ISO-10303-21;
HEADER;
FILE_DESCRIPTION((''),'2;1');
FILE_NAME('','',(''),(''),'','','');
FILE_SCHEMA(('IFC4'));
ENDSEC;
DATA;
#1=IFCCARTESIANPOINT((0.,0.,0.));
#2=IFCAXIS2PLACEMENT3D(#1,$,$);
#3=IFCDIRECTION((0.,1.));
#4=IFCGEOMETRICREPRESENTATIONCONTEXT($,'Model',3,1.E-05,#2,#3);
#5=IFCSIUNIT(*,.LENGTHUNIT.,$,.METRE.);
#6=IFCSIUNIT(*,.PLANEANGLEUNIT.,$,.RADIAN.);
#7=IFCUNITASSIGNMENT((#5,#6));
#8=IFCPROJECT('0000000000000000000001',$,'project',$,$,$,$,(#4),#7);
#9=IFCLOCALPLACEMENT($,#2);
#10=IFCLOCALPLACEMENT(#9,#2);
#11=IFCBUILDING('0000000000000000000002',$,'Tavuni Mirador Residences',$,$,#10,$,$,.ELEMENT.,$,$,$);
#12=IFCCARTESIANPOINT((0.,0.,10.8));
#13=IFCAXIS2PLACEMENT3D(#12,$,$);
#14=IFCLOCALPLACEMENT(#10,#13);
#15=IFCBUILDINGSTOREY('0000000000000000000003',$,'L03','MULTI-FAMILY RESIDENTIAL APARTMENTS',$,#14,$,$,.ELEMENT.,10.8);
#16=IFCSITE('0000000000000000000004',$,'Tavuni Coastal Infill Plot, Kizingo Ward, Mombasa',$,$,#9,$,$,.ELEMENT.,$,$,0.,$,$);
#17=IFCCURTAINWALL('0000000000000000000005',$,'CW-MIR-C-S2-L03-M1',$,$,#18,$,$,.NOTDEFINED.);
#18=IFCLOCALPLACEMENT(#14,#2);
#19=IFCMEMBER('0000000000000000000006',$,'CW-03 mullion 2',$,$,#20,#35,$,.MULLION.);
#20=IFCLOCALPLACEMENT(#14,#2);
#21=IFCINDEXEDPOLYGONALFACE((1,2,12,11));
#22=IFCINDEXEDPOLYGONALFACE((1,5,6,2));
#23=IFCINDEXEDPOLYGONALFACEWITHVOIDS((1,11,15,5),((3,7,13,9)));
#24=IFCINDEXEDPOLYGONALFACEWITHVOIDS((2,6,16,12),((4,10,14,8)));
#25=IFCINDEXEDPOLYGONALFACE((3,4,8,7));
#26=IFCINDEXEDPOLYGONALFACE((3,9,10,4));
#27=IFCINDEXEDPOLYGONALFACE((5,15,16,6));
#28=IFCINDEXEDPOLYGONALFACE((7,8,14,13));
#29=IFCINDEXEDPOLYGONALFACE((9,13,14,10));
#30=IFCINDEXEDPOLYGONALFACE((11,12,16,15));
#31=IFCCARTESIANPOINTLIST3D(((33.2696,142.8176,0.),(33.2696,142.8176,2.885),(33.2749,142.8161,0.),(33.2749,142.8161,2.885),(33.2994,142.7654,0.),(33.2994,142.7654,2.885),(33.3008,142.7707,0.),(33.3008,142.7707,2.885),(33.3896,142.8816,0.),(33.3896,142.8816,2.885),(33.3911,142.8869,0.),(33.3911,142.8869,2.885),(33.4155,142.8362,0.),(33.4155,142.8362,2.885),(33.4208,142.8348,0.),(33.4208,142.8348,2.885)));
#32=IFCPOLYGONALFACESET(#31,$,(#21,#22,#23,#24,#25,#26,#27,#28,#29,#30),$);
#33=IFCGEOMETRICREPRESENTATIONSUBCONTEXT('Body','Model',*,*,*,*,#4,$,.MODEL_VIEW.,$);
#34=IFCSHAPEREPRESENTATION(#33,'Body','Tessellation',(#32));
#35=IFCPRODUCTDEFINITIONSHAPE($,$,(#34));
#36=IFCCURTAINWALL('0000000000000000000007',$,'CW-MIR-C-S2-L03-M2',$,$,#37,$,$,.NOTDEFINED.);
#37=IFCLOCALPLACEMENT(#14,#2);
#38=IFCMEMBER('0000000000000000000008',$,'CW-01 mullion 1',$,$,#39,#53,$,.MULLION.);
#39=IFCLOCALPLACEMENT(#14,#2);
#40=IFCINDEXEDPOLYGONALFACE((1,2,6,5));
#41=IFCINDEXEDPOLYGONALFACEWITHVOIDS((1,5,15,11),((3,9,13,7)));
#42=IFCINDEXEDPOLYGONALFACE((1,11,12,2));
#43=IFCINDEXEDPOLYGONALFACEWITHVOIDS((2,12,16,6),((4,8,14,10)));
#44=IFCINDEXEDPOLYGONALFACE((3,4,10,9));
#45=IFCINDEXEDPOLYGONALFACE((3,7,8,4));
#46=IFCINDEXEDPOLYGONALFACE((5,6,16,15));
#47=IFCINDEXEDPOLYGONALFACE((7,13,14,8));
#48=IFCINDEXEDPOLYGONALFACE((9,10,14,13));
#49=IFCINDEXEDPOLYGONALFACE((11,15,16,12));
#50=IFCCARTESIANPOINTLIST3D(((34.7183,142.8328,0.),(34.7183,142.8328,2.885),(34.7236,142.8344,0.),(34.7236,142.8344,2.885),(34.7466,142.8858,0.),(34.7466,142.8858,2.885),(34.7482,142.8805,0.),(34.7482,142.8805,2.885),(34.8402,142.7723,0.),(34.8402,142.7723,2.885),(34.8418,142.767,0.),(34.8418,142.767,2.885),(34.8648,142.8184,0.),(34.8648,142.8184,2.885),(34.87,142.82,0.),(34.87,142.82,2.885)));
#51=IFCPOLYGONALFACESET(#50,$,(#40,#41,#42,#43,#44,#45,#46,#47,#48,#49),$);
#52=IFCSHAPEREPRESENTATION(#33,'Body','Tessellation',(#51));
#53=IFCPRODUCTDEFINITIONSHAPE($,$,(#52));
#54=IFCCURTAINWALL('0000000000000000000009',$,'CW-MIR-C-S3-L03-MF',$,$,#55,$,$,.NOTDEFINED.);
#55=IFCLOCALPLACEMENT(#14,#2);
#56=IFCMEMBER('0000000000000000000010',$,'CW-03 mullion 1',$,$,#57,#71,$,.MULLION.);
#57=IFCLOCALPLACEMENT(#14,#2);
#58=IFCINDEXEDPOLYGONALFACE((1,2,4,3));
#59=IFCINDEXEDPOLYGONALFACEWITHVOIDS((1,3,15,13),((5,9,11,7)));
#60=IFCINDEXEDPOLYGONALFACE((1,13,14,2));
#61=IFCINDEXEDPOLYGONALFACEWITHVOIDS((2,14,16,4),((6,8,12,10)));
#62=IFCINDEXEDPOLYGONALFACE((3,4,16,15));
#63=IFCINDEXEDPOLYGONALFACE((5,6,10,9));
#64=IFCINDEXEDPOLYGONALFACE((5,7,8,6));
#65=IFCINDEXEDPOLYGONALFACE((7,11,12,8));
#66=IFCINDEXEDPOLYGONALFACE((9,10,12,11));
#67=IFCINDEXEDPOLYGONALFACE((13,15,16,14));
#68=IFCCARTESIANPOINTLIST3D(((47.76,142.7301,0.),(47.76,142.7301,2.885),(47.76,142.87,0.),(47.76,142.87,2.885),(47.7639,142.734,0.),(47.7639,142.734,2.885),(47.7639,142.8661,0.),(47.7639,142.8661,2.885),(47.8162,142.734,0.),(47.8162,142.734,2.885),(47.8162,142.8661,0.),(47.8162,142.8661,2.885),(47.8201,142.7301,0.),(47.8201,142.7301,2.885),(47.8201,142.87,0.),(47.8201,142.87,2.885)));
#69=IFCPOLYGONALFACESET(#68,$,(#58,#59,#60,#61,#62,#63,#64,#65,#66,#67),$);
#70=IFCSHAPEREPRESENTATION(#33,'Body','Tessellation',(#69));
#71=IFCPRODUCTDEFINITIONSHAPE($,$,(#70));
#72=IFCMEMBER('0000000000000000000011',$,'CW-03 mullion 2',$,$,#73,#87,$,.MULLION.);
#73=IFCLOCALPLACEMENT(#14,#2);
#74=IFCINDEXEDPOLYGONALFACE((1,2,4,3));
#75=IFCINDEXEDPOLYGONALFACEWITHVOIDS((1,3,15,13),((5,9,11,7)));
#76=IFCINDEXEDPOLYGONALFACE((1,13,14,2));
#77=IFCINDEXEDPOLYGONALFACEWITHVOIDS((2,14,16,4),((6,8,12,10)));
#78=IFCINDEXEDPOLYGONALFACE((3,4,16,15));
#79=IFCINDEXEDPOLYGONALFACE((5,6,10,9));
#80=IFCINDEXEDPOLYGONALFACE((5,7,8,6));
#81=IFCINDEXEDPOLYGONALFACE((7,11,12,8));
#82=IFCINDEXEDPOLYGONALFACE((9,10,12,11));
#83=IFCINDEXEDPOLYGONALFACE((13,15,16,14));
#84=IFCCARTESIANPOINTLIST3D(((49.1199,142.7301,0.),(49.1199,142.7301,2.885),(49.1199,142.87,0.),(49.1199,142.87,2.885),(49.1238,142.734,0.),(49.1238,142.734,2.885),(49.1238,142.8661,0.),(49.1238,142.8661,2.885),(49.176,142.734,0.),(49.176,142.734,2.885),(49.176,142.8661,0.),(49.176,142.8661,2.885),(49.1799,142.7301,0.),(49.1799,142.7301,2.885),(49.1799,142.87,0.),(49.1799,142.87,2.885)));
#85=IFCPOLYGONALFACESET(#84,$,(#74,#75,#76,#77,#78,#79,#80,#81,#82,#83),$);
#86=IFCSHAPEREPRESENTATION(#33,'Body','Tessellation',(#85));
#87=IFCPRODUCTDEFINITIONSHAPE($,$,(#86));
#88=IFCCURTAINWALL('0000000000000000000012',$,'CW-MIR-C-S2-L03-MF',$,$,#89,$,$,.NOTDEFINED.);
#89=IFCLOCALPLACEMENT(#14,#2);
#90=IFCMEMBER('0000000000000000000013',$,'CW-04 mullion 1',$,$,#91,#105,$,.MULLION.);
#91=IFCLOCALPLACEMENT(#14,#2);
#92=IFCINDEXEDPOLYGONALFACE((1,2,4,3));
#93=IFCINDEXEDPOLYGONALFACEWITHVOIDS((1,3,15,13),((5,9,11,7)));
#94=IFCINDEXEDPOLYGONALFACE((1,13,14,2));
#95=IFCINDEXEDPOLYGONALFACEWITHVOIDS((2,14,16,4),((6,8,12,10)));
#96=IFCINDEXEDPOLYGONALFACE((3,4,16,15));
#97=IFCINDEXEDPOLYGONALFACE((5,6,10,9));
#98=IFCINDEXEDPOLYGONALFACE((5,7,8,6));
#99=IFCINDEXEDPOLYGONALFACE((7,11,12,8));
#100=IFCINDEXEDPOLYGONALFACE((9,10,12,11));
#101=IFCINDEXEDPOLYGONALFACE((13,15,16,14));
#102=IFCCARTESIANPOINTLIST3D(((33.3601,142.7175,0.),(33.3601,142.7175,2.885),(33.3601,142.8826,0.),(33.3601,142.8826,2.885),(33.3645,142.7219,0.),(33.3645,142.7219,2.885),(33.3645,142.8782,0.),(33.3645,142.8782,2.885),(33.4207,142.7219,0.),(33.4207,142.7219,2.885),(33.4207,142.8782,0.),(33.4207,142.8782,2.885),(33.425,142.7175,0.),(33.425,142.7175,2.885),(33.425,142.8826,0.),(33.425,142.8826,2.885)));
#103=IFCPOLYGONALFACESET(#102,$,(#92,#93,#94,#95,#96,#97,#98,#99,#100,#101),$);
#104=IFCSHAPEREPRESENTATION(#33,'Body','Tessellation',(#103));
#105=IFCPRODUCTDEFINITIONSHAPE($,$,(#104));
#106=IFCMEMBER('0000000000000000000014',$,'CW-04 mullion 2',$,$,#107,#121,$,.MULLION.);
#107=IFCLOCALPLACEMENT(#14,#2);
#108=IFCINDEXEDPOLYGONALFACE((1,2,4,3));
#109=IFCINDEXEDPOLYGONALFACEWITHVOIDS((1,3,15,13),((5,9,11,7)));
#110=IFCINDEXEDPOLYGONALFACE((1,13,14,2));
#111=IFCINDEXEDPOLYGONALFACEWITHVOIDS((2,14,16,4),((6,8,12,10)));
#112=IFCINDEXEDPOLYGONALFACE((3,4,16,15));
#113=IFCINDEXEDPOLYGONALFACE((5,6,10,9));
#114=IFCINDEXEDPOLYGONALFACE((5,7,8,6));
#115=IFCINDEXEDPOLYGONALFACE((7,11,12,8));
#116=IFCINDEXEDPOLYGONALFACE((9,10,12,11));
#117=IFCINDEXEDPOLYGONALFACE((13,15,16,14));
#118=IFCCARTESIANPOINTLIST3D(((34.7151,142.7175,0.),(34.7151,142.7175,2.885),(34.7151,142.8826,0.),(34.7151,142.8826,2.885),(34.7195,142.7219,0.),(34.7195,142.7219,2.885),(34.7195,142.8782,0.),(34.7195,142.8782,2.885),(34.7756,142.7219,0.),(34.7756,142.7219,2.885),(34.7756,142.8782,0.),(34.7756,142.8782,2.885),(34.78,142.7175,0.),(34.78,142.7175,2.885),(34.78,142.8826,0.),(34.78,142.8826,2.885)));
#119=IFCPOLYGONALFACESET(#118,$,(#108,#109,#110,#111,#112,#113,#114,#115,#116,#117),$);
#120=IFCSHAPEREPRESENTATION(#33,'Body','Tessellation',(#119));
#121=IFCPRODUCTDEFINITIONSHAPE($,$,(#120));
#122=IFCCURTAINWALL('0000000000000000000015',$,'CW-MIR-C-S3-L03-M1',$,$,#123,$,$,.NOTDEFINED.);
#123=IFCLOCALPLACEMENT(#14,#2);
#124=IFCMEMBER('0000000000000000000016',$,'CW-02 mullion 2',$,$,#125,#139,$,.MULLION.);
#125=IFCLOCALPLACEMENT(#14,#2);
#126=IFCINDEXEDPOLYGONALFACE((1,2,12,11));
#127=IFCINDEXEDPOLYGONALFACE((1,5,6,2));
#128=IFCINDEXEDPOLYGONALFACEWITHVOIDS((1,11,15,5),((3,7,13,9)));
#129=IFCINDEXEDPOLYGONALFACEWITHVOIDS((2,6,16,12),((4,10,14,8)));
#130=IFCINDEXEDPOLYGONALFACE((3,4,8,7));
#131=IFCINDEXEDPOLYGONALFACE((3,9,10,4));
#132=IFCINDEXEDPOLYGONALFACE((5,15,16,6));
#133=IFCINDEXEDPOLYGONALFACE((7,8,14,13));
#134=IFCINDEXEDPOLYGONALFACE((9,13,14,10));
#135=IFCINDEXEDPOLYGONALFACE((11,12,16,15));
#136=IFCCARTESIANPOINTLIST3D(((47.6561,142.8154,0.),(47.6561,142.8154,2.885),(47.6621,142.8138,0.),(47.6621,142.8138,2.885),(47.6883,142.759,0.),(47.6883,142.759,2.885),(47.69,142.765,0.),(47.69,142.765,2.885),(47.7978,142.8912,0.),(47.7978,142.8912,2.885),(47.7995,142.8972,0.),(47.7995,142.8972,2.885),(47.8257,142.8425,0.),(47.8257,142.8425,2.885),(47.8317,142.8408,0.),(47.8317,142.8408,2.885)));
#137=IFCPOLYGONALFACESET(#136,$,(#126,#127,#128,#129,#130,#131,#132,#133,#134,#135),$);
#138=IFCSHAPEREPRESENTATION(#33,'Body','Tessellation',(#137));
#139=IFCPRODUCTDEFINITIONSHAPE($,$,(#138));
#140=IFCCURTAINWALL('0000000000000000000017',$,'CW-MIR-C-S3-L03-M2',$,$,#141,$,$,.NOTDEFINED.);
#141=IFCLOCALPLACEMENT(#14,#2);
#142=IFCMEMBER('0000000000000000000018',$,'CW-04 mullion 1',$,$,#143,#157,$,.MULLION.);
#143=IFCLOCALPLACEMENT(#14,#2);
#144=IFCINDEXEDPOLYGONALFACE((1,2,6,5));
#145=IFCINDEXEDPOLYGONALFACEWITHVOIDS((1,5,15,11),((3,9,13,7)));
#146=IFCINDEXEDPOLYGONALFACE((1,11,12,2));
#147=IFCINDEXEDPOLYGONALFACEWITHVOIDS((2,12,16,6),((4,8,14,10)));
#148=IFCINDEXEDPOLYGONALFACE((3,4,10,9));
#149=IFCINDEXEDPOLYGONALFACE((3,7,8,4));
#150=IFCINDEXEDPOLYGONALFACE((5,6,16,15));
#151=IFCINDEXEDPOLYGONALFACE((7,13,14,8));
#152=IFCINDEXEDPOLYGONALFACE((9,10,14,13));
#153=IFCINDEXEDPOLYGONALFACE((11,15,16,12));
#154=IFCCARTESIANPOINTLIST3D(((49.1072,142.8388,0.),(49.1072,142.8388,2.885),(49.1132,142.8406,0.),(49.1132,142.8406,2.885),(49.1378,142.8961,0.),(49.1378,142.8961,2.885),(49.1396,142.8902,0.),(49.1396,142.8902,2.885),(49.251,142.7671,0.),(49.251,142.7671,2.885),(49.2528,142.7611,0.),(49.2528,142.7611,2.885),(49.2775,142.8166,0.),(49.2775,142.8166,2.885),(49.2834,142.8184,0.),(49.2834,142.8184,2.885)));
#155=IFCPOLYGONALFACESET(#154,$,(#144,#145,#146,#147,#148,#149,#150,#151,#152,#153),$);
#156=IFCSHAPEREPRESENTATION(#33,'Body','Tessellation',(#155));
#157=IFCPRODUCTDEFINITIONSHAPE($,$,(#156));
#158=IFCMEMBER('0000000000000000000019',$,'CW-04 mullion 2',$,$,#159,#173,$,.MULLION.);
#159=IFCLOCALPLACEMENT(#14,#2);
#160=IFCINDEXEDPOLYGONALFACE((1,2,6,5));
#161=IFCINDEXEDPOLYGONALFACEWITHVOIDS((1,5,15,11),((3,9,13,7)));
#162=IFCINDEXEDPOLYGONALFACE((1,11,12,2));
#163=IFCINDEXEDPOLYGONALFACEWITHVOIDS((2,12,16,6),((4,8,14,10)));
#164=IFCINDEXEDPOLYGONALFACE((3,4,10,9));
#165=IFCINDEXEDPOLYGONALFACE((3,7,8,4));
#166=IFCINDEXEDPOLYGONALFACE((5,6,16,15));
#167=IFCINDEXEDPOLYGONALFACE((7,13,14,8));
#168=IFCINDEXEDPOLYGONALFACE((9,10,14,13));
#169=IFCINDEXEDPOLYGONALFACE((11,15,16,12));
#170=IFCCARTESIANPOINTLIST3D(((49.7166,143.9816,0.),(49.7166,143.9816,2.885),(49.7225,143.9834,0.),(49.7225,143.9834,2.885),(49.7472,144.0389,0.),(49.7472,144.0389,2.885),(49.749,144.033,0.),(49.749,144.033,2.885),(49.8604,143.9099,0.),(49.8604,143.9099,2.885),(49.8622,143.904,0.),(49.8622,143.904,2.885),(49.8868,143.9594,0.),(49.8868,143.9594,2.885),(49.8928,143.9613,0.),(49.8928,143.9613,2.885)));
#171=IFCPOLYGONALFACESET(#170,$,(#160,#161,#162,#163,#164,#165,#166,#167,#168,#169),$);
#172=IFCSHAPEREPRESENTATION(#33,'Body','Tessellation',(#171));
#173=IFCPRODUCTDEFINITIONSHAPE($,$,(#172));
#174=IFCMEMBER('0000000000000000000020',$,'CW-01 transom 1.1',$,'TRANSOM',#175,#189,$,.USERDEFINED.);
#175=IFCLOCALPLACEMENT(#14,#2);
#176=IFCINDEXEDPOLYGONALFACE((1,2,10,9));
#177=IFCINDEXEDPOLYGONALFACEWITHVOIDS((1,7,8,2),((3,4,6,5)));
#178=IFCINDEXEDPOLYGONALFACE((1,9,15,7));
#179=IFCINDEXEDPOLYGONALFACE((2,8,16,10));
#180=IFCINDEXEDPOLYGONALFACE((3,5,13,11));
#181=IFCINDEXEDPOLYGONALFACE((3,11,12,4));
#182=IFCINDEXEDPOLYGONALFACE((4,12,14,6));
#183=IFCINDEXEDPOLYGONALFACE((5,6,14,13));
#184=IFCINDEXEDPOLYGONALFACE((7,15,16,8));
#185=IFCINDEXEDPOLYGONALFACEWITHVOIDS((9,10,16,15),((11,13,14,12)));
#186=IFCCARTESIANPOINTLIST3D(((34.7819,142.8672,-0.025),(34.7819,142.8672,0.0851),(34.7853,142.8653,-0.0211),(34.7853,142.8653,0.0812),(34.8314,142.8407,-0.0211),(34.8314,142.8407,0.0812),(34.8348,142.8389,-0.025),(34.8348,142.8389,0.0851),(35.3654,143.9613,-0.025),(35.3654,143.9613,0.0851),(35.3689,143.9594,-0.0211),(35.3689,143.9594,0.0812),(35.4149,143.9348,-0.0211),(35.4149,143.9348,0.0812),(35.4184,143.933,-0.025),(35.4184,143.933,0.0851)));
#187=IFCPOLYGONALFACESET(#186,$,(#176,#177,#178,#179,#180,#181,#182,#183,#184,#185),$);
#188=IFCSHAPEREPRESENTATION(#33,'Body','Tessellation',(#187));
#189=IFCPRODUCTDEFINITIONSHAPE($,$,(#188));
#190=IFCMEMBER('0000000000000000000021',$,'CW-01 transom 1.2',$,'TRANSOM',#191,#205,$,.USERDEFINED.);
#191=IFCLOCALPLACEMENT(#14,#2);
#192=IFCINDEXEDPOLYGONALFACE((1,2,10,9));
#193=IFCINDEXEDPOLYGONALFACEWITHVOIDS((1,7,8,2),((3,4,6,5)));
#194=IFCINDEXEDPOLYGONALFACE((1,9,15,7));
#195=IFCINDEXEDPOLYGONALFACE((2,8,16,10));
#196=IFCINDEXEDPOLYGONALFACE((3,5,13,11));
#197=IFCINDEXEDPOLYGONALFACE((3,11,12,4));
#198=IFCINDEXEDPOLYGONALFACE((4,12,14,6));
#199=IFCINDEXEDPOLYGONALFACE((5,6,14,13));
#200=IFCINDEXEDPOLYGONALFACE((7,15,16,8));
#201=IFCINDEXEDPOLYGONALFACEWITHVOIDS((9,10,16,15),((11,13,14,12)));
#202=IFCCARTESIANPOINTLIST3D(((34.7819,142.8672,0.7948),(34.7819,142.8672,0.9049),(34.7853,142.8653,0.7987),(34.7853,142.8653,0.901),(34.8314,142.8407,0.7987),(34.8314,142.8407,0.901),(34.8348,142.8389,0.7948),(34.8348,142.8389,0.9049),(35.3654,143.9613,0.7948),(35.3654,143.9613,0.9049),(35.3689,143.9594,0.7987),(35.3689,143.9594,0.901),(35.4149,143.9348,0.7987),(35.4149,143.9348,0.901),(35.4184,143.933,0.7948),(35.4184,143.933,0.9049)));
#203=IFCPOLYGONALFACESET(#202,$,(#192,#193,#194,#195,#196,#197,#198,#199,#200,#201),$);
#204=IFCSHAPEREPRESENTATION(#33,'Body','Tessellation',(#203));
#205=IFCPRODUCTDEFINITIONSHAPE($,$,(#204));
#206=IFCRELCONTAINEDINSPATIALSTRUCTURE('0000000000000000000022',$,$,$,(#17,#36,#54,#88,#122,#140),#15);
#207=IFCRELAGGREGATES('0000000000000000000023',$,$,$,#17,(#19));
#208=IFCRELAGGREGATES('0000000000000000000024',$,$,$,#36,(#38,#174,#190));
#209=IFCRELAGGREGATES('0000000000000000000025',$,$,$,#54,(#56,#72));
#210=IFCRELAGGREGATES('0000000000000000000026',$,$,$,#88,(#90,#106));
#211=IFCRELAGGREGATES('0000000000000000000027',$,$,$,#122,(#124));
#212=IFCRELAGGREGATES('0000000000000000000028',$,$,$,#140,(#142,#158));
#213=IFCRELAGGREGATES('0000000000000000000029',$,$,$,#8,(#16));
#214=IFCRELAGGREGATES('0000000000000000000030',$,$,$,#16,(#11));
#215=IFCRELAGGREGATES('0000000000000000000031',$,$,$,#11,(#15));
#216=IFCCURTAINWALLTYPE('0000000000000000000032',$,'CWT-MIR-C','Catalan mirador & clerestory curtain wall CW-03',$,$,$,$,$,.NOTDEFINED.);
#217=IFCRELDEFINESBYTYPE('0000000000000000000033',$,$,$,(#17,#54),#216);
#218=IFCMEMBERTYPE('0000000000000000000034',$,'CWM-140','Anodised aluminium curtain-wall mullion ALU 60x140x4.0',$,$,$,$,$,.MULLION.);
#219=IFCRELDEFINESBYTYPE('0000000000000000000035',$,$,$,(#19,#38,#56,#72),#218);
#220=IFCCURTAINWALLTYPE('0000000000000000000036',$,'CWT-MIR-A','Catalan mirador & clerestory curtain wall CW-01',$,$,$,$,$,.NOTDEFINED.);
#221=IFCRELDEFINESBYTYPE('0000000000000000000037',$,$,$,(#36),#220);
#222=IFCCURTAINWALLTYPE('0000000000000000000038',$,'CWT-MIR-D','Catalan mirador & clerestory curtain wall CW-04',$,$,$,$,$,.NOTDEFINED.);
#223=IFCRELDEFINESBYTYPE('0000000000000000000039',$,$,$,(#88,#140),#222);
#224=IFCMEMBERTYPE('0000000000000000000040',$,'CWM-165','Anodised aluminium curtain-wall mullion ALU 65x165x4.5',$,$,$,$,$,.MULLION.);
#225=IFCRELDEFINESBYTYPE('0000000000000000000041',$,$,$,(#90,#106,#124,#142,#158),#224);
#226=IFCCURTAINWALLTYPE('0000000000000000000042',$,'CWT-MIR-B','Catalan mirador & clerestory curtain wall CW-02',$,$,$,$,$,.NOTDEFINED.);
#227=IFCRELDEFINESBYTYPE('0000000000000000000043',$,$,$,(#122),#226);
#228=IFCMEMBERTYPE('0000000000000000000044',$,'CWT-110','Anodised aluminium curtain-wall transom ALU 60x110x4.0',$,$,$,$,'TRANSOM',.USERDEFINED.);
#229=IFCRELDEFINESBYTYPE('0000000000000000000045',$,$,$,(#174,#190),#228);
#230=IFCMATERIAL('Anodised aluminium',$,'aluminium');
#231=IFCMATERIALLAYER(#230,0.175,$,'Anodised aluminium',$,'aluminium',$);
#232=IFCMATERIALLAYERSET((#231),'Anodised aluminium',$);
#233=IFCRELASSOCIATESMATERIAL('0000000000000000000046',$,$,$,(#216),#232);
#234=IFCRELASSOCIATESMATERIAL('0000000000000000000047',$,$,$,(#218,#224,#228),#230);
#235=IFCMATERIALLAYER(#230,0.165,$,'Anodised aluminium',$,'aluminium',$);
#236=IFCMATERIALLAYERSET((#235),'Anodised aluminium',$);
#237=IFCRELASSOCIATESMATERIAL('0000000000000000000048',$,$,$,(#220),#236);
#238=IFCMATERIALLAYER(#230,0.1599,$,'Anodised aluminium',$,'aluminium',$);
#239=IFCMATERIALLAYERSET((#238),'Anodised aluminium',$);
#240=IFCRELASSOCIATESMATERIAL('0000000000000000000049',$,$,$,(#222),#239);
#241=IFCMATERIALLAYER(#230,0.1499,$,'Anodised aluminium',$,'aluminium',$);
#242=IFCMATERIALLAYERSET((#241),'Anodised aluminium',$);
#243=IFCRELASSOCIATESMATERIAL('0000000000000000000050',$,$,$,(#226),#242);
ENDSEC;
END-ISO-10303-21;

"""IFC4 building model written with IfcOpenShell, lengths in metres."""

from ifc_helpers import new_model, si_unit, direction, frame, origin, origin_2d, place, context, subcontext, project, spatial, hollow_rectangle, extrude, material, layer, layer_set, material_profile, profile_set, type_object, element, aggregate, save


model = new_model("IFC4")

# Units and contexts
model_context = context("Model", 3, precision=1e-05, world=origin(), true_north=direction((0.0, 1.0)))
body_context = subcontext(model_context, "Body", "Model", "MODEL_VIEW")
ifc_project = project(units=[si_unit("LENGTHUNIT", "METRE"), si_unit("PLANEANGLEUNIT", "RADIAN")], contexts=[model_context])

# Site, building, storey
site_placement = place(None, origin())
site = spatial("IfcSite", under=ifc_project, at=site_placement, Name="Tavuni Coastal Infill Plot, Kizingo Ward, Mombasa", CompositionType="ELEMENT", RefElevation=0.0)
building_placement = place(site_placement, origin())
building = spatial("IfcBuilding", under=site, at=building_placement, Name="Tavuni Mirador Residences", CompositionType="ELEMENT")
storey_placement = place(building_placement, frame((0.0, 0.0, 10.8)))
storey = spatial("IfcBuildingStorey", under=building, at=storey_placement, Name="L03", Description="MULTI-FAMILY RESIDENTIAL APARTMENTS", CompositionType="ELEMENT", Elevation=10.8)

# Curtain walls, members
ifc_material_1 = material(Name="Anodised aluminium", Category="aluminium")
ifc_layer_1 = layer(ifc_material_1, 0.175, Name="Anodised aluminium", Category="aluminium")
ifc_layer_set_1 = layer_set([ifc_layer_1], Name="Anodised aluminium")
curtain_wall_type_1 = type_object("IfcCurtainWallType", Name="CWT-MIR-C", Description="Catalan mirador & clerestory curtain wall CW-03", PredefinedType="NOTDEFINED", material=ifc_layer_set_1)
curtain_wall_1_placement = place(storey_placement, origin())
curtain_wall_1 = element("IfcCurtainWall", 1, at=curtain_wall_1_placement, inside=storey, type_object=curtain_wall_type_1, Name="CW-MIR-C-S2-L03-M1", PredefinedType="NOTDEFINED")
ifc_material_profile_1 = material_profile(ifc_material_1, hollow_rectangle(XDim=0.0601, YDim=0.1399, WallThickness=0.0039, at=origin_2d()), Name="ALU 60x140x4.0", Category="aluminium")
ifc_profile_set_1 = profile_set([ifc_material_profile_1], Name="Anodised aluminium")
member_type_1 = type_object("IfcMemberType", Name="CWM-140", Description="Anodised aluminium curtain-wall mullion ALU 60x140x4.0", PredefinedType="MULLION", material=ifc_profile_set_1)
member_1_placement = place(storey_placement, frame((33.3452, 142.8262, 0.0), z_axis=(0.0, 0.0, 1.0), x_axis=(0.495749, -0.868466, 0.0)))
member_1 = element("IfcMember", 2, at=member_1_placement, type_object=member_type_1, Name="CW-03 mullion 2", PredefinedType="MULLION", context=body_context, shape_type="SweptSolid", body=[
    extrude(hollow_rectangle(XDim=0.0601, YDim=0.1399, WallThickness=0.0039, at=origin_2d()), origin(), (0.0, 0.0, 1.0), 2.885),
])
ifc_layer_2 = layer(ifc_material_1, 0.165, Name="Anodised aluminium", Category="aluminium")
ifc_layer_set_2 = layer_set([ifc_layer_2], Name="Anodised aluminium")
curtain_wall_type_2 = type_object("IfcCurtainWallType", Name="CWT-MIR-A", Description="Catalan mirador & clerestory curtain wall CW-01", PredefinedType="NOTDEFINED", material=ifc_layer_set_2)
curtain_wall_2_placement = place(storey_placement, origin())
curtain_wall_2 = element("IfcCurtainWall", 3, at=curtain_wall_2_placement, inside=storey, type_object=curtain_wall_type_2, Name="CW-MIR-C-S2-L03-M2", PredefinedType="NOTDEFINED")
member_2_placement = place(storey_placement, frame((34.7942, 142.8264, 0.0), z_axis=(0.0, 0.0, 1.0), x_axis=(0.470588, 0.882353, 0.0)))
member_2 = element("IfcMember", 4, at=member_2_placement, type_object=member_type_1, Name="CW-01 mullion 1", PredefinedType="MULLION", context=body_context, shape_type="SweptSolid", body=[
    extrude(hollow_rectangle(XDim=0.0601, YDim=0.1399, WallThickness=0.0039, at=origin_2d()), origin(), (0.0, 0.0, 1.0), 2.885),
])

# Curtain walls, members
curtain_wall_3_placement = place(storey_placement, origin())
curtain_wall_3 = element("IfcCurtainWall", 5, at=curtain_wall_3_placement, inside=storey, type_object=curtain_wall_type_1, Name="CW-MIR-C-S3-L03-MF", PredefinedType="NOTDEFINED")
member_3_placement = place(storey_placement, frame((47.79, 142.8, 0.0), z_axis=(0.0, 0.0, 1.0), x_axis=(1.0, 0.0, 0.0)))
member_3 = element("IfcMember", 6, at=member_3_placement, type_object=member_type_1, Name="CW-03 mullion 1", PredefinedType="MULLION", context=body_context, shape_type="SweptSolid", body=[
    extrude(hollow_rectangle(XDim=0.0601, YDim=0.1399, WallThickness=0.0039, at=origin_2d()), origin(), (0.0, 0.0, 1.0), 2.885),
])
member_4_placement = place(storey_placement, frame((49.1499, 142.8, 0.0), z_axis=(0.0, 0.0, 1.0), x_axis=(1.0, 0.0, 0.0)))
member_4 = element("IfcMember", 7, at=member_4_placement, type_object=member_type_1, Name="CW-03 mullion 2", PredefinedType="MULLION", context=body_context, shape_type="SweptSolid", body=[
    extrude(hollow_rectangle(XDim=0.0601, YDim=0.1399, WallThickness=0.0039, at=origin_2d()), origin(), (0.0, 0.0, 1.0), 2.885),
])
ifc_layer_3 = layer(ifc_material_1, 0.1599, Name="Anodised aluminium", Category="aluminium")
ifc_layer_set_3 = layer_set([ifc_layer_3], Name="Anodised aluminium")
curtain_wall_type_3 = type_object("IfcCurtainWallType", Name="CWT-MIR-D", Description="Catalan mirador & clerestory curtain wall CW-04", PredefinedType="NOTDEFINED", material=ifc_layer_set_3)
curtain_wall_4_placement = place(storey_placement, origin())
curtain_wall_4 = element("IfcCurtainWall", 8, at=curtain_wall_4_placement, inside=storey, type_object=curtain_wall_type_3, Name="CW-MIR-C-S2-L03-MF", PredefinedType="NOTDEFINED")
ifc_material_profile_2 = material_profile(ifc_material_1, hollow_rectangle(XDim=0.0649, YDim=0.165, WallThickness=0.0044, at=origin_2d()), Name="ALU 65x165x4.5", Category="aluminium")
ifc_profile_set_2 = profile_set([ifc_material_profile_2], Name="Anodised aluminium")
member_type_2 = type_object("IfcMemberType", Name="CWM-165", Description="Anodised aluminium curtain-wall mullion ALU 65x165x4.5", PredefinedType="MULLION", material=ifc_profile_set_2)
member_5_placement = place(storey_placement, frame((33.3926, 142.8, 0.0), z_axis=(0.0, 0.0, 1.0), x_axis=(1.0, 0.0, 0.0)))
member_5 = element("IfcMember", 9, at=member_5_placement, type_object=member_type_2, Name="CW-04 mullion 1", PredefinedType="MULLION", context=body_context, shape_type="SweptSolid", body=[
    extrude(hollow_rectangle(XDim=0.0649, YDim=0.165, WallThickness=0.0044, at=origin_2d()), origin(), (0.0, 0.0, 1.0), 2.885),
])
member_6_placement = place(storey_placement, frame((34.7476, 142.8, 0.0), z_axis=(0.0, 0.0, 1.0), x_axis=(1.0, 0.0, 0.0)))
member_6 = element("IfcMember", 10, at=member_6_placement, type_object=member_type_2, Name="CW-04 mullion 2", PredefinedType="MULLION", context=body_context, shape_type="SweptSolid", body=[
    extrude(hollow_rectangle(XDim=0.0649, YDim=0.165, WallThickness=0.0044, at=origin_2d()), origin(), (0.0, 0.0, 1.0), 2.885),
])

# Curtain wall, member
ifc_layer_4 = layer(ifc_material_1, 0.1499, Name="Anodised aluminium", Category="aluminium")
ifc_layer_set_4 = layer_set([ifc_layer_4], Name="Anodised aluminium")
curtain_wall_type_4 = type_object("IfcCurtainWallType", Name="CWT-MIR-B", Description="Catalan mirador & clerestory curtain wall CW-02", PredefinedType="NOTDEFINED", material=ifc_layer_set_4)
curtain_wall_5_placement = place(storey_placement, origin())
curtain_wall_5 = element("IfcCurtainWall", 11, at=curtain_wall_5_placement, inside=storey, type_object=curtain_wall_type_4, Name="CW-MIR-C-S3-L03-M1", PredefinedType="NOTDEFINED")
member_7_placement = place(storey_placement, frame((47.7439, 142.8281, 0.0), z_axis=(0.0, 0.0, 1.0), x_axis=(0.495749, -0.868466, 0.0)))
member_7 = element("IfcMember", 12, at=member_7_placement, type_object=member_type_2, Name="CW-02 mullion 2", PredefinedType="MULLION", context=body_context, shape_type="SweptSolid", body=[
    extrude(hollow_rectangle(XDim=0.0649, YDim=0.165, WallThickness=0.0044, at=origin_2d()), origin(), (0.0, 0.0, 1.0), 2.885),
])

# Curtain wall, members
curtain_wall_6_placement = place(storey_placement, origin())
curtain_wall_6 = element("IfcCurtainWall", 13, at=curtain_wall_6_placement, inside=storey, type_object=curtain_wall_type_3, Name="CW-MIR-C-S3-L03-M2", PredefinedType="NOTDEFINED")
member_8_placement = place(storey_placement, frame((49.1953, 142.8286, 0.0), z_axis=(0.0, 0.0, 1.0), x_axis=(0.470588, 0.882353, 0.0)))
member_8 = element("IfcMember", 14, at=member_8_placement, type_object=member_type_2, Name="CW-04 mullion 1", PredefinedType="MULLION", context=body_context, shape_type="SweptSolid", body=[
    extrude(hollow_rectangle(XDim=0.0649, YDim=0.165, WallThickness=0.0044, at=origin_2d()), origin(), (0.0, 0.0, 1.0), 2.885),
])
member_9_placement = place(storey_placement, frame((49.8047, 143.9714, 0.0), z_axis=(0.0, 0.0, 1.0), x_axis=(0.470588, 0.882353, 0.0)))
member_9 = element("IfcMember", 15, at=member_9_placement, type_object=member_type_2, Name="CW-04 mullion 2", PredefinedType="MULLION", context=body_context, shape_type="SweptSolid", body=[
    extrude(hollow_rectangle(XDim=0.0649, YDim=0.165, WallThickness=0.0044, at=origin_2d()), origin(), (0.0, 0.0, 1.0), 2.885),
])

# Members
ifc_material_profile_3 = material_profile(ifc_material_1, hollow_rectangle(XDim=0.0601, YDim=0.1101, WallThickness=0.0039, at=origin_2d()), Name="ALU 60x110x4.0", Category="aluminium")
ifc_profile_set_3 = profile_set([ifc_material_profile_3], Name="Anodised aluminium")
member_type_3 = type_object("IfcMemberType", Name="CWT-110", Description="Anodised aluminium curtain-wall transom ALU 60x110x4.0", ElementType="TRANSOM", PredefinedType="USERDEFINED", material=ifc_profile_set_3)
member_10_placement = place(storey_placement, frame((34.8083, 142.853, 0.03), z_axis=(0.470609, 0.882342, 0.0), x_axis=(-0.882342, 0.470609, 0.0)))
member_10 = element("IfcMember", 16, at=member_10_placement, type_object=member_type_3, Name="CW-01 transom 1.1", ObjectType="TRANSOM", PredefinedType="USERDEFINED", context=body_context, shape_type="SweptSolid", body=[
    extrude(hollow_rectangle(XDim=0.0601, YDim=0.1101, WallThickness=0.0039, at=origin_2d()), origin(), (0.0, 0.0, 1.0), 1.24),
])
member_11_placement = place(storey_placement, frame((34.8083, 142.853, 0.8499), z_axis=(0.470609, 0.882342, 0.0), x_axis=(-0.882342, 0.470609, 0.0)))
member_11 = element("IfcMember", 17, at=member_11_placement, type_object=member_type_3, Name="CW-01 transom 1.2", ObjectType="TRANSOM", PredefinedType="USERDEFINED", context=body_context, shape_type="SweptSolid", body=[
    extrude(hollow_rectangle(XDim=0.0601, YDim=0.1101, WallThickness=0.0039, at=origin_2d()), origin(), (0.0, 0.0, 1.0), 1.24),
])

aggregate(curtain_wall_1, [member_1])
aggregate(curtain_wall_2, [member_2, member_10, member_11])
aggregate(curtain_wall_3, [member_3, member_4])
aggregate(curtain_wall_4, [member_5, member_6])
aggregate(curtain_wall_5, [member_7])
aggregate(curtain_wall_6, [member_8, member_9])

save(model, "model.ifc")
